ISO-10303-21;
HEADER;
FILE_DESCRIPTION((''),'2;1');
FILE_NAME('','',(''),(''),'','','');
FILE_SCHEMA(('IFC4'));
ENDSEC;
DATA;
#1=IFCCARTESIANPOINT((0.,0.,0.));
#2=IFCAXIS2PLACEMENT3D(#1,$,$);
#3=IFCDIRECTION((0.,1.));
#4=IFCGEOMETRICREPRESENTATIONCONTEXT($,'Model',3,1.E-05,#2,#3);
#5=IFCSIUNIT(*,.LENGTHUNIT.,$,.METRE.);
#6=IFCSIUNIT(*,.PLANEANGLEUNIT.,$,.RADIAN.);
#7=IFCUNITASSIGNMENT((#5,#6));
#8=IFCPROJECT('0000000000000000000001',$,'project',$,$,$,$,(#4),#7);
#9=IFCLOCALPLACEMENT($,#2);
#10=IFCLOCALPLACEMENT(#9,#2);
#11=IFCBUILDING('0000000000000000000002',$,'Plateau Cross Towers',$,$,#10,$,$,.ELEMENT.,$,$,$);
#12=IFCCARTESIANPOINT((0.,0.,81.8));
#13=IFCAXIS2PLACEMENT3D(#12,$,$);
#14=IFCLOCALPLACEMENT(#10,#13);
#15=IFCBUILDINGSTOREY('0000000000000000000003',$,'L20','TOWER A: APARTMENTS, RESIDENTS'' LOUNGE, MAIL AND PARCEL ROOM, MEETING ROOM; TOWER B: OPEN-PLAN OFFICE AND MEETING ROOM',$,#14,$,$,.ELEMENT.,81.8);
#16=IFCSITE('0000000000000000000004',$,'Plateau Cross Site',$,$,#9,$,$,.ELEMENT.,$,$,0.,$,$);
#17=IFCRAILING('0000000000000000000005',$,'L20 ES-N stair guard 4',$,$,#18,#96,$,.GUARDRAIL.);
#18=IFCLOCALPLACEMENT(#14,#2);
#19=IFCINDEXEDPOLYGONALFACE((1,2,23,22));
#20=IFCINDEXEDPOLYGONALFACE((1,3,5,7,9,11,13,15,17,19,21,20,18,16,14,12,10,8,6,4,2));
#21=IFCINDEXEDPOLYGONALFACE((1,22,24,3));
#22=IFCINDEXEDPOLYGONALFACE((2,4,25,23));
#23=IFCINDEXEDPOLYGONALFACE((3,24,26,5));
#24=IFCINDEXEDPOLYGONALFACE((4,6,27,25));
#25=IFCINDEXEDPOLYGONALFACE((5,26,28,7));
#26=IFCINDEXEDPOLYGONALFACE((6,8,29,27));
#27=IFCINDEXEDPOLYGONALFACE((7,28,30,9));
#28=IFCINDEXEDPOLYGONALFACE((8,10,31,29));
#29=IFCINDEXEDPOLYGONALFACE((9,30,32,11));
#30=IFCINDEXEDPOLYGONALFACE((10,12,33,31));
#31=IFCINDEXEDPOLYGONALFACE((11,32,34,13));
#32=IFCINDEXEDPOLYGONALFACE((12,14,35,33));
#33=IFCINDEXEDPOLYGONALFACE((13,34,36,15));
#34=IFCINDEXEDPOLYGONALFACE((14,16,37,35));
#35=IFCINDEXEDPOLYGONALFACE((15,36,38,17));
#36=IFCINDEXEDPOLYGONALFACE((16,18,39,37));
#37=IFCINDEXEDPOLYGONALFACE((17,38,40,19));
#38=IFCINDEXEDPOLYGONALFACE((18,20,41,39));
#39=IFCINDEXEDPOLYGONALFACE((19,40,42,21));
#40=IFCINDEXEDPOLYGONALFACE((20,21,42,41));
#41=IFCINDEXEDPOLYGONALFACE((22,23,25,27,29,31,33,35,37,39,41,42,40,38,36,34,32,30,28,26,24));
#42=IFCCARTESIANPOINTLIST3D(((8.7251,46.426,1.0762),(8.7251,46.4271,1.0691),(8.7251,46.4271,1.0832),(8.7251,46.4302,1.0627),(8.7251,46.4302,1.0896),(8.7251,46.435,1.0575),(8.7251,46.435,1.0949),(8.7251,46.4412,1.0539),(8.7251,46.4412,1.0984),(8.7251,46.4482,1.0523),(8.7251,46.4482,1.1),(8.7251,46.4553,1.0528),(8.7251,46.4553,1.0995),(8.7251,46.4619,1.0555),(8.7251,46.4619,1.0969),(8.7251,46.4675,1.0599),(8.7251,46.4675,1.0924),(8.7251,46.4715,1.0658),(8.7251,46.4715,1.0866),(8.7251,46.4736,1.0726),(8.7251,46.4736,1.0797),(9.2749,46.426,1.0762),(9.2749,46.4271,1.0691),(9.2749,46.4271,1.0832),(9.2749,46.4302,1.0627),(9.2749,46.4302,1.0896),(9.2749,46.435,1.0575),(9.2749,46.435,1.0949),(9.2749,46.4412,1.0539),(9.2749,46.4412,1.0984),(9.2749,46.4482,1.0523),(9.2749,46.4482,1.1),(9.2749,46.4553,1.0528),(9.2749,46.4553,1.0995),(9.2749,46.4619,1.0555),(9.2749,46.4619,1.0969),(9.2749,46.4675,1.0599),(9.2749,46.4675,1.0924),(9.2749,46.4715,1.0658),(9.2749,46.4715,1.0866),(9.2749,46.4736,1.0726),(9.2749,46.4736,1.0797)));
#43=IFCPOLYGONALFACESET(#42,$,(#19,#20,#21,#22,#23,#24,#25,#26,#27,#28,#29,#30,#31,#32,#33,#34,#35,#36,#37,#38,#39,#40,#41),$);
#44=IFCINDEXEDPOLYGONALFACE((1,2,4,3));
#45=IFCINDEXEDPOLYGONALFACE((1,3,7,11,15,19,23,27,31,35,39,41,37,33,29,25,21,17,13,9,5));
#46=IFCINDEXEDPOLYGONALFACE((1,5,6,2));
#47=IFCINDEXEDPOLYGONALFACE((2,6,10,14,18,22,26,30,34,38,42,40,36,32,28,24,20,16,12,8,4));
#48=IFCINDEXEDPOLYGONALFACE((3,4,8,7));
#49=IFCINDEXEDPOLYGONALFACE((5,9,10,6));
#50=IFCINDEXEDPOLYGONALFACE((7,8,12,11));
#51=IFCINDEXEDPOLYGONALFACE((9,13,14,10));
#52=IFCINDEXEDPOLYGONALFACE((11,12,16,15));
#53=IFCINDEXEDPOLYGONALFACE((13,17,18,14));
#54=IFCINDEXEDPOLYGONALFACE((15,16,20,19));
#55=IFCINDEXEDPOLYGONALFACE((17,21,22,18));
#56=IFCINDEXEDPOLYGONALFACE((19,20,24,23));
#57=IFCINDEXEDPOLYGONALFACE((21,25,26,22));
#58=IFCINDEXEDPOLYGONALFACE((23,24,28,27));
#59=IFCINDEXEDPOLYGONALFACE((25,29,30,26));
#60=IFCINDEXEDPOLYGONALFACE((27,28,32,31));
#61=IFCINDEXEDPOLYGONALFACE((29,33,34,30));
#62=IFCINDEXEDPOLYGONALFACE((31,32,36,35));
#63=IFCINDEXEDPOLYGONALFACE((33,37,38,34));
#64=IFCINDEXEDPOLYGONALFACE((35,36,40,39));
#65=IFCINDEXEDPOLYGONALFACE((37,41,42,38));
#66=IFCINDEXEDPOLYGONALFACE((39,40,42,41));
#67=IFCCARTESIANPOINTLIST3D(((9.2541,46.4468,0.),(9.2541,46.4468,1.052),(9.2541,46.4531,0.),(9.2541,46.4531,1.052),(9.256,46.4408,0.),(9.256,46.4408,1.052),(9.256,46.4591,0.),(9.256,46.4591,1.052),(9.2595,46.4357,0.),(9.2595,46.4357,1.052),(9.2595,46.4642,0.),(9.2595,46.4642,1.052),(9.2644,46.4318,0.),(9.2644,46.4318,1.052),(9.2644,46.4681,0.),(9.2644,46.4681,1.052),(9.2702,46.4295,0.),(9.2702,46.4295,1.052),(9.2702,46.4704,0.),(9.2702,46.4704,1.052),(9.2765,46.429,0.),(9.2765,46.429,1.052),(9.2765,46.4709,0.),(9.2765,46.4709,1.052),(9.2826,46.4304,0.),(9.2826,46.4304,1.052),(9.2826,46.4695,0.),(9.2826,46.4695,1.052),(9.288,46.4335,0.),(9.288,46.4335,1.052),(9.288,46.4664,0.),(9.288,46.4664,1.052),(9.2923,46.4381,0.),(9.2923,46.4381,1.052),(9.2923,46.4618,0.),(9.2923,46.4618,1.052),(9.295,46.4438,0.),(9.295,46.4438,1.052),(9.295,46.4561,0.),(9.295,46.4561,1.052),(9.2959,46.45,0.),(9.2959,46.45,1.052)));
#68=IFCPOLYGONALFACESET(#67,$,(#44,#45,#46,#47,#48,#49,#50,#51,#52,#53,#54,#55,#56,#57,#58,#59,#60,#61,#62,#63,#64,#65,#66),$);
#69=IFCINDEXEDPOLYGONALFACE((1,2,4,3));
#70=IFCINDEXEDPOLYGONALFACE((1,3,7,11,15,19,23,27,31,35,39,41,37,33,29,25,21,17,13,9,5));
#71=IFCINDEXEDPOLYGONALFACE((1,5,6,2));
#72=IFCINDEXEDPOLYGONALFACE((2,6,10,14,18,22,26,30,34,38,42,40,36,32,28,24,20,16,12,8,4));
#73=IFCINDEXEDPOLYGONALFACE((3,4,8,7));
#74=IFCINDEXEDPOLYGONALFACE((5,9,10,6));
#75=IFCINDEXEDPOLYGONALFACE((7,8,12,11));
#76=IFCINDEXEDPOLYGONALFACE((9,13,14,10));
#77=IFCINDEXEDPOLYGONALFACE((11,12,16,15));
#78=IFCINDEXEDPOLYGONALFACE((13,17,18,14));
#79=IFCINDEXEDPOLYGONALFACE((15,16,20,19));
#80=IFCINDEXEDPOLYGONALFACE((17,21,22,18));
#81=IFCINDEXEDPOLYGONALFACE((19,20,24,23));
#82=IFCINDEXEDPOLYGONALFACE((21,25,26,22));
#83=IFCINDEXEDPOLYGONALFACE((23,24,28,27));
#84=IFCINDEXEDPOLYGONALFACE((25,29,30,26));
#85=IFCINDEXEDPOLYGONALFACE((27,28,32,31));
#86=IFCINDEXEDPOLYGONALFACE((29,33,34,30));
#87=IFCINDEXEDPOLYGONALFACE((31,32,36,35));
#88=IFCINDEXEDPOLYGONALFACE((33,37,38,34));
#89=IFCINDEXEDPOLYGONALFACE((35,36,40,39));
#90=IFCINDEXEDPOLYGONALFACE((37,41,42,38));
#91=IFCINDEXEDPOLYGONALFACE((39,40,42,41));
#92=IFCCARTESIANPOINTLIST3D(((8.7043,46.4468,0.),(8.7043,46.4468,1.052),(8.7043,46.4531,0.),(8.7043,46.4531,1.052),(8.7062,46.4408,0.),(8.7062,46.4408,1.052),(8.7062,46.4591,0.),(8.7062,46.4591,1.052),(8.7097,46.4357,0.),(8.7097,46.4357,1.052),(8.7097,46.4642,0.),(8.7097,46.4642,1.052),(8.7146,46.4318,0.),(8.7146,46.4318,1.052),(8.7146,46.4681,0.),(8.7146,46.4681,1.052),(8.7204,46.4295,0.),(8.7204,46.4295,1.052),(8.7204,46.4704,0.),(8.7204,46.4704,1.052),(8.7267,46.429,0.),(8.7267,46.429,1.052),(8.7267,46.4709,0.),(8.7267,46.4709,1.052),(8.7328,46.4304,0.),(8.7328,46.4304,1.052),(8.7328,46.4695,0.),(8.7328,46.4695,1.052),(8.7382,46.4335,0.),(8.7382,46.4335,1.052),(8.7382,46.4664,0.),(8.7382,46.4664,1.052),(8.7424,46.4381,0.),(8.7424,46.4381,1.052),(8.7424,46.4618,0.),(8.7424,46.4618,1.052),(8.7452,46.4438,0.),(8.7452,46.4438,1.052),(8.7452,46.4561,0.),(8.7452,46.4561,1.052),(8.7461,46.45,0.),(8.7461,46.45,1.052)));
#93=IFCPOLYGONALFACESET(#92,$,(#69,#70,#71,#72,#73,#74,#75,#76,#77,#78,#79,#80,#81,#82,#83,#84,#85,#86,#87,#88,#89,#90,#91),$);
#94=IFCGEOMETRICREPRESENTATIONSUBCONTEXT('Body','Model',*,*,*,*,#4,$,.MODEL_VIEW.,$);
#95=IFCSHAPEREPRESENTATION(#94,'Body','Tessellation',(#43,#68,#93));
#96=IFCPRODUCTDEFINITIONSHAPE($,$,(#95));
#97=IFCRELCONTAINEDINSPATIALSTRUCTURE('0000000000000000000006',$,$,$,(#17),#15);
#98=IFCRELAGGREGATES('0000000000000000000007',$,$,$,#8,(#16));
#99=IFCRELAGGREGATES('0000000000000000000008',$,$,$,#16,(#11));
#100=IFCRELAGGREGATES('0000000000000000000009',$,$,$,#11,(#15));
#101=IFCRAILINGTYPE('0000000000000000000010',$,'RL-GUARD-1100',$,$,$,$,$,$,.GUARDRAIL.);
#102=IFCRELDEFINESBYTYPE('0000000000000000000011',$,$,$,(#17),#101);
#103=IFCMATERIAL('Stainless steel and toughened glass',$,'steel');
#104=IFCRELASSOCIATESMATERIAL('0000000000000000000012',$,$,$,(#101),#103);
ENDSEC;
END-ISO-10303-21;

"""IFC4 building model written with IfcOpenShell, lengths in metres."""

from ifc_helpers import new_model, si_unit, direction, frame, origin, origin_2d, place, context, subcontext, project, spatial, circle, extrude, material, type_object, element, save


model = new_model("IFC4")

# Units and contexts
model_context = context("Model", 3, precision=1e-05, world=origin(), true_north=direction((0.0, 1.0)))
body_context = subcontext(model_context, "Body", "Model", "MODEL_VIEW")
ifc_project = project(units=[si_unit("LENGTHUNIT", "METRE"), si_unit("PLANEANGLEUNIT", "RADIAN")], contexts=[model_context])

# Site, building, storey
site_placement = place(None, origin())
site = spatial("IfcSite", under=ifc_project, at=site_placement, Name="Plateau Cross Site", CompositionType="ELEMENT", RefElevation=0.0)
building_placement = place(site_placement, origin())
building = spatial("IfcBuilding", under=site, at=building_placement, Name="Plateau Cross Towers", CompositionType="ELEMENT")
storey_placement = place(building_placement, frame((0.0, 0.0, 81.8)))
storey = spatial("IfcBuildingStorey", under=building, at=storey_placement, Name="L20", Description="TOWER A: APARTMENTS, RESIDENTS' LOUNGE, MAIL AND PARCEL ROOM, MEETING ROOM; TOWER B: OPEN-PLAN OFFICE AND MEETING ROOM", CompositionType="ELEMENT", Elevation=81.8)

# Railing
ifc_material_1 = material(Name="Stainless steel and toughened glass", Category="steel")
railing_type_1 = type_object("IfcRailingType", Name="RL-GUARD-1100", PredefinedType="GUARDRAIL", material=ifc_material_1)
railing_1_placement = place(storey_placement, frame((9.2749, 46.45, 0.0)))
element("IfcRailing", 1, at=railing_1_placement, inside=storey, type_object=railing_type_1, Name="L20 ES-N stair guard 4", PredefinedType="GUARDRAIL", context=body_context, shape_type="SweptSolid", body=[
    extrude(circle(Radius=0.0239, at=origin_2d()), frame((0.0, 0.0, 1.0762), z_axis=(-1.0, 0.0, 0.0), x_axis=(0.0, -1.0, 0.0)), (0.0, 0.0, 1.0), 0.5498),
    extrude(circle(Radius=0.021, at=origin_2d()), origin(), (0.0, 0.0, 1.0), 1.052),
    extrude(circle(Radius=0.021, at=origin_2d()), frame((-0.5498, 0.0, 0.0)), (0.0, 0.0, 1.0), 1.052),
])

save(model, "model.ifc")
